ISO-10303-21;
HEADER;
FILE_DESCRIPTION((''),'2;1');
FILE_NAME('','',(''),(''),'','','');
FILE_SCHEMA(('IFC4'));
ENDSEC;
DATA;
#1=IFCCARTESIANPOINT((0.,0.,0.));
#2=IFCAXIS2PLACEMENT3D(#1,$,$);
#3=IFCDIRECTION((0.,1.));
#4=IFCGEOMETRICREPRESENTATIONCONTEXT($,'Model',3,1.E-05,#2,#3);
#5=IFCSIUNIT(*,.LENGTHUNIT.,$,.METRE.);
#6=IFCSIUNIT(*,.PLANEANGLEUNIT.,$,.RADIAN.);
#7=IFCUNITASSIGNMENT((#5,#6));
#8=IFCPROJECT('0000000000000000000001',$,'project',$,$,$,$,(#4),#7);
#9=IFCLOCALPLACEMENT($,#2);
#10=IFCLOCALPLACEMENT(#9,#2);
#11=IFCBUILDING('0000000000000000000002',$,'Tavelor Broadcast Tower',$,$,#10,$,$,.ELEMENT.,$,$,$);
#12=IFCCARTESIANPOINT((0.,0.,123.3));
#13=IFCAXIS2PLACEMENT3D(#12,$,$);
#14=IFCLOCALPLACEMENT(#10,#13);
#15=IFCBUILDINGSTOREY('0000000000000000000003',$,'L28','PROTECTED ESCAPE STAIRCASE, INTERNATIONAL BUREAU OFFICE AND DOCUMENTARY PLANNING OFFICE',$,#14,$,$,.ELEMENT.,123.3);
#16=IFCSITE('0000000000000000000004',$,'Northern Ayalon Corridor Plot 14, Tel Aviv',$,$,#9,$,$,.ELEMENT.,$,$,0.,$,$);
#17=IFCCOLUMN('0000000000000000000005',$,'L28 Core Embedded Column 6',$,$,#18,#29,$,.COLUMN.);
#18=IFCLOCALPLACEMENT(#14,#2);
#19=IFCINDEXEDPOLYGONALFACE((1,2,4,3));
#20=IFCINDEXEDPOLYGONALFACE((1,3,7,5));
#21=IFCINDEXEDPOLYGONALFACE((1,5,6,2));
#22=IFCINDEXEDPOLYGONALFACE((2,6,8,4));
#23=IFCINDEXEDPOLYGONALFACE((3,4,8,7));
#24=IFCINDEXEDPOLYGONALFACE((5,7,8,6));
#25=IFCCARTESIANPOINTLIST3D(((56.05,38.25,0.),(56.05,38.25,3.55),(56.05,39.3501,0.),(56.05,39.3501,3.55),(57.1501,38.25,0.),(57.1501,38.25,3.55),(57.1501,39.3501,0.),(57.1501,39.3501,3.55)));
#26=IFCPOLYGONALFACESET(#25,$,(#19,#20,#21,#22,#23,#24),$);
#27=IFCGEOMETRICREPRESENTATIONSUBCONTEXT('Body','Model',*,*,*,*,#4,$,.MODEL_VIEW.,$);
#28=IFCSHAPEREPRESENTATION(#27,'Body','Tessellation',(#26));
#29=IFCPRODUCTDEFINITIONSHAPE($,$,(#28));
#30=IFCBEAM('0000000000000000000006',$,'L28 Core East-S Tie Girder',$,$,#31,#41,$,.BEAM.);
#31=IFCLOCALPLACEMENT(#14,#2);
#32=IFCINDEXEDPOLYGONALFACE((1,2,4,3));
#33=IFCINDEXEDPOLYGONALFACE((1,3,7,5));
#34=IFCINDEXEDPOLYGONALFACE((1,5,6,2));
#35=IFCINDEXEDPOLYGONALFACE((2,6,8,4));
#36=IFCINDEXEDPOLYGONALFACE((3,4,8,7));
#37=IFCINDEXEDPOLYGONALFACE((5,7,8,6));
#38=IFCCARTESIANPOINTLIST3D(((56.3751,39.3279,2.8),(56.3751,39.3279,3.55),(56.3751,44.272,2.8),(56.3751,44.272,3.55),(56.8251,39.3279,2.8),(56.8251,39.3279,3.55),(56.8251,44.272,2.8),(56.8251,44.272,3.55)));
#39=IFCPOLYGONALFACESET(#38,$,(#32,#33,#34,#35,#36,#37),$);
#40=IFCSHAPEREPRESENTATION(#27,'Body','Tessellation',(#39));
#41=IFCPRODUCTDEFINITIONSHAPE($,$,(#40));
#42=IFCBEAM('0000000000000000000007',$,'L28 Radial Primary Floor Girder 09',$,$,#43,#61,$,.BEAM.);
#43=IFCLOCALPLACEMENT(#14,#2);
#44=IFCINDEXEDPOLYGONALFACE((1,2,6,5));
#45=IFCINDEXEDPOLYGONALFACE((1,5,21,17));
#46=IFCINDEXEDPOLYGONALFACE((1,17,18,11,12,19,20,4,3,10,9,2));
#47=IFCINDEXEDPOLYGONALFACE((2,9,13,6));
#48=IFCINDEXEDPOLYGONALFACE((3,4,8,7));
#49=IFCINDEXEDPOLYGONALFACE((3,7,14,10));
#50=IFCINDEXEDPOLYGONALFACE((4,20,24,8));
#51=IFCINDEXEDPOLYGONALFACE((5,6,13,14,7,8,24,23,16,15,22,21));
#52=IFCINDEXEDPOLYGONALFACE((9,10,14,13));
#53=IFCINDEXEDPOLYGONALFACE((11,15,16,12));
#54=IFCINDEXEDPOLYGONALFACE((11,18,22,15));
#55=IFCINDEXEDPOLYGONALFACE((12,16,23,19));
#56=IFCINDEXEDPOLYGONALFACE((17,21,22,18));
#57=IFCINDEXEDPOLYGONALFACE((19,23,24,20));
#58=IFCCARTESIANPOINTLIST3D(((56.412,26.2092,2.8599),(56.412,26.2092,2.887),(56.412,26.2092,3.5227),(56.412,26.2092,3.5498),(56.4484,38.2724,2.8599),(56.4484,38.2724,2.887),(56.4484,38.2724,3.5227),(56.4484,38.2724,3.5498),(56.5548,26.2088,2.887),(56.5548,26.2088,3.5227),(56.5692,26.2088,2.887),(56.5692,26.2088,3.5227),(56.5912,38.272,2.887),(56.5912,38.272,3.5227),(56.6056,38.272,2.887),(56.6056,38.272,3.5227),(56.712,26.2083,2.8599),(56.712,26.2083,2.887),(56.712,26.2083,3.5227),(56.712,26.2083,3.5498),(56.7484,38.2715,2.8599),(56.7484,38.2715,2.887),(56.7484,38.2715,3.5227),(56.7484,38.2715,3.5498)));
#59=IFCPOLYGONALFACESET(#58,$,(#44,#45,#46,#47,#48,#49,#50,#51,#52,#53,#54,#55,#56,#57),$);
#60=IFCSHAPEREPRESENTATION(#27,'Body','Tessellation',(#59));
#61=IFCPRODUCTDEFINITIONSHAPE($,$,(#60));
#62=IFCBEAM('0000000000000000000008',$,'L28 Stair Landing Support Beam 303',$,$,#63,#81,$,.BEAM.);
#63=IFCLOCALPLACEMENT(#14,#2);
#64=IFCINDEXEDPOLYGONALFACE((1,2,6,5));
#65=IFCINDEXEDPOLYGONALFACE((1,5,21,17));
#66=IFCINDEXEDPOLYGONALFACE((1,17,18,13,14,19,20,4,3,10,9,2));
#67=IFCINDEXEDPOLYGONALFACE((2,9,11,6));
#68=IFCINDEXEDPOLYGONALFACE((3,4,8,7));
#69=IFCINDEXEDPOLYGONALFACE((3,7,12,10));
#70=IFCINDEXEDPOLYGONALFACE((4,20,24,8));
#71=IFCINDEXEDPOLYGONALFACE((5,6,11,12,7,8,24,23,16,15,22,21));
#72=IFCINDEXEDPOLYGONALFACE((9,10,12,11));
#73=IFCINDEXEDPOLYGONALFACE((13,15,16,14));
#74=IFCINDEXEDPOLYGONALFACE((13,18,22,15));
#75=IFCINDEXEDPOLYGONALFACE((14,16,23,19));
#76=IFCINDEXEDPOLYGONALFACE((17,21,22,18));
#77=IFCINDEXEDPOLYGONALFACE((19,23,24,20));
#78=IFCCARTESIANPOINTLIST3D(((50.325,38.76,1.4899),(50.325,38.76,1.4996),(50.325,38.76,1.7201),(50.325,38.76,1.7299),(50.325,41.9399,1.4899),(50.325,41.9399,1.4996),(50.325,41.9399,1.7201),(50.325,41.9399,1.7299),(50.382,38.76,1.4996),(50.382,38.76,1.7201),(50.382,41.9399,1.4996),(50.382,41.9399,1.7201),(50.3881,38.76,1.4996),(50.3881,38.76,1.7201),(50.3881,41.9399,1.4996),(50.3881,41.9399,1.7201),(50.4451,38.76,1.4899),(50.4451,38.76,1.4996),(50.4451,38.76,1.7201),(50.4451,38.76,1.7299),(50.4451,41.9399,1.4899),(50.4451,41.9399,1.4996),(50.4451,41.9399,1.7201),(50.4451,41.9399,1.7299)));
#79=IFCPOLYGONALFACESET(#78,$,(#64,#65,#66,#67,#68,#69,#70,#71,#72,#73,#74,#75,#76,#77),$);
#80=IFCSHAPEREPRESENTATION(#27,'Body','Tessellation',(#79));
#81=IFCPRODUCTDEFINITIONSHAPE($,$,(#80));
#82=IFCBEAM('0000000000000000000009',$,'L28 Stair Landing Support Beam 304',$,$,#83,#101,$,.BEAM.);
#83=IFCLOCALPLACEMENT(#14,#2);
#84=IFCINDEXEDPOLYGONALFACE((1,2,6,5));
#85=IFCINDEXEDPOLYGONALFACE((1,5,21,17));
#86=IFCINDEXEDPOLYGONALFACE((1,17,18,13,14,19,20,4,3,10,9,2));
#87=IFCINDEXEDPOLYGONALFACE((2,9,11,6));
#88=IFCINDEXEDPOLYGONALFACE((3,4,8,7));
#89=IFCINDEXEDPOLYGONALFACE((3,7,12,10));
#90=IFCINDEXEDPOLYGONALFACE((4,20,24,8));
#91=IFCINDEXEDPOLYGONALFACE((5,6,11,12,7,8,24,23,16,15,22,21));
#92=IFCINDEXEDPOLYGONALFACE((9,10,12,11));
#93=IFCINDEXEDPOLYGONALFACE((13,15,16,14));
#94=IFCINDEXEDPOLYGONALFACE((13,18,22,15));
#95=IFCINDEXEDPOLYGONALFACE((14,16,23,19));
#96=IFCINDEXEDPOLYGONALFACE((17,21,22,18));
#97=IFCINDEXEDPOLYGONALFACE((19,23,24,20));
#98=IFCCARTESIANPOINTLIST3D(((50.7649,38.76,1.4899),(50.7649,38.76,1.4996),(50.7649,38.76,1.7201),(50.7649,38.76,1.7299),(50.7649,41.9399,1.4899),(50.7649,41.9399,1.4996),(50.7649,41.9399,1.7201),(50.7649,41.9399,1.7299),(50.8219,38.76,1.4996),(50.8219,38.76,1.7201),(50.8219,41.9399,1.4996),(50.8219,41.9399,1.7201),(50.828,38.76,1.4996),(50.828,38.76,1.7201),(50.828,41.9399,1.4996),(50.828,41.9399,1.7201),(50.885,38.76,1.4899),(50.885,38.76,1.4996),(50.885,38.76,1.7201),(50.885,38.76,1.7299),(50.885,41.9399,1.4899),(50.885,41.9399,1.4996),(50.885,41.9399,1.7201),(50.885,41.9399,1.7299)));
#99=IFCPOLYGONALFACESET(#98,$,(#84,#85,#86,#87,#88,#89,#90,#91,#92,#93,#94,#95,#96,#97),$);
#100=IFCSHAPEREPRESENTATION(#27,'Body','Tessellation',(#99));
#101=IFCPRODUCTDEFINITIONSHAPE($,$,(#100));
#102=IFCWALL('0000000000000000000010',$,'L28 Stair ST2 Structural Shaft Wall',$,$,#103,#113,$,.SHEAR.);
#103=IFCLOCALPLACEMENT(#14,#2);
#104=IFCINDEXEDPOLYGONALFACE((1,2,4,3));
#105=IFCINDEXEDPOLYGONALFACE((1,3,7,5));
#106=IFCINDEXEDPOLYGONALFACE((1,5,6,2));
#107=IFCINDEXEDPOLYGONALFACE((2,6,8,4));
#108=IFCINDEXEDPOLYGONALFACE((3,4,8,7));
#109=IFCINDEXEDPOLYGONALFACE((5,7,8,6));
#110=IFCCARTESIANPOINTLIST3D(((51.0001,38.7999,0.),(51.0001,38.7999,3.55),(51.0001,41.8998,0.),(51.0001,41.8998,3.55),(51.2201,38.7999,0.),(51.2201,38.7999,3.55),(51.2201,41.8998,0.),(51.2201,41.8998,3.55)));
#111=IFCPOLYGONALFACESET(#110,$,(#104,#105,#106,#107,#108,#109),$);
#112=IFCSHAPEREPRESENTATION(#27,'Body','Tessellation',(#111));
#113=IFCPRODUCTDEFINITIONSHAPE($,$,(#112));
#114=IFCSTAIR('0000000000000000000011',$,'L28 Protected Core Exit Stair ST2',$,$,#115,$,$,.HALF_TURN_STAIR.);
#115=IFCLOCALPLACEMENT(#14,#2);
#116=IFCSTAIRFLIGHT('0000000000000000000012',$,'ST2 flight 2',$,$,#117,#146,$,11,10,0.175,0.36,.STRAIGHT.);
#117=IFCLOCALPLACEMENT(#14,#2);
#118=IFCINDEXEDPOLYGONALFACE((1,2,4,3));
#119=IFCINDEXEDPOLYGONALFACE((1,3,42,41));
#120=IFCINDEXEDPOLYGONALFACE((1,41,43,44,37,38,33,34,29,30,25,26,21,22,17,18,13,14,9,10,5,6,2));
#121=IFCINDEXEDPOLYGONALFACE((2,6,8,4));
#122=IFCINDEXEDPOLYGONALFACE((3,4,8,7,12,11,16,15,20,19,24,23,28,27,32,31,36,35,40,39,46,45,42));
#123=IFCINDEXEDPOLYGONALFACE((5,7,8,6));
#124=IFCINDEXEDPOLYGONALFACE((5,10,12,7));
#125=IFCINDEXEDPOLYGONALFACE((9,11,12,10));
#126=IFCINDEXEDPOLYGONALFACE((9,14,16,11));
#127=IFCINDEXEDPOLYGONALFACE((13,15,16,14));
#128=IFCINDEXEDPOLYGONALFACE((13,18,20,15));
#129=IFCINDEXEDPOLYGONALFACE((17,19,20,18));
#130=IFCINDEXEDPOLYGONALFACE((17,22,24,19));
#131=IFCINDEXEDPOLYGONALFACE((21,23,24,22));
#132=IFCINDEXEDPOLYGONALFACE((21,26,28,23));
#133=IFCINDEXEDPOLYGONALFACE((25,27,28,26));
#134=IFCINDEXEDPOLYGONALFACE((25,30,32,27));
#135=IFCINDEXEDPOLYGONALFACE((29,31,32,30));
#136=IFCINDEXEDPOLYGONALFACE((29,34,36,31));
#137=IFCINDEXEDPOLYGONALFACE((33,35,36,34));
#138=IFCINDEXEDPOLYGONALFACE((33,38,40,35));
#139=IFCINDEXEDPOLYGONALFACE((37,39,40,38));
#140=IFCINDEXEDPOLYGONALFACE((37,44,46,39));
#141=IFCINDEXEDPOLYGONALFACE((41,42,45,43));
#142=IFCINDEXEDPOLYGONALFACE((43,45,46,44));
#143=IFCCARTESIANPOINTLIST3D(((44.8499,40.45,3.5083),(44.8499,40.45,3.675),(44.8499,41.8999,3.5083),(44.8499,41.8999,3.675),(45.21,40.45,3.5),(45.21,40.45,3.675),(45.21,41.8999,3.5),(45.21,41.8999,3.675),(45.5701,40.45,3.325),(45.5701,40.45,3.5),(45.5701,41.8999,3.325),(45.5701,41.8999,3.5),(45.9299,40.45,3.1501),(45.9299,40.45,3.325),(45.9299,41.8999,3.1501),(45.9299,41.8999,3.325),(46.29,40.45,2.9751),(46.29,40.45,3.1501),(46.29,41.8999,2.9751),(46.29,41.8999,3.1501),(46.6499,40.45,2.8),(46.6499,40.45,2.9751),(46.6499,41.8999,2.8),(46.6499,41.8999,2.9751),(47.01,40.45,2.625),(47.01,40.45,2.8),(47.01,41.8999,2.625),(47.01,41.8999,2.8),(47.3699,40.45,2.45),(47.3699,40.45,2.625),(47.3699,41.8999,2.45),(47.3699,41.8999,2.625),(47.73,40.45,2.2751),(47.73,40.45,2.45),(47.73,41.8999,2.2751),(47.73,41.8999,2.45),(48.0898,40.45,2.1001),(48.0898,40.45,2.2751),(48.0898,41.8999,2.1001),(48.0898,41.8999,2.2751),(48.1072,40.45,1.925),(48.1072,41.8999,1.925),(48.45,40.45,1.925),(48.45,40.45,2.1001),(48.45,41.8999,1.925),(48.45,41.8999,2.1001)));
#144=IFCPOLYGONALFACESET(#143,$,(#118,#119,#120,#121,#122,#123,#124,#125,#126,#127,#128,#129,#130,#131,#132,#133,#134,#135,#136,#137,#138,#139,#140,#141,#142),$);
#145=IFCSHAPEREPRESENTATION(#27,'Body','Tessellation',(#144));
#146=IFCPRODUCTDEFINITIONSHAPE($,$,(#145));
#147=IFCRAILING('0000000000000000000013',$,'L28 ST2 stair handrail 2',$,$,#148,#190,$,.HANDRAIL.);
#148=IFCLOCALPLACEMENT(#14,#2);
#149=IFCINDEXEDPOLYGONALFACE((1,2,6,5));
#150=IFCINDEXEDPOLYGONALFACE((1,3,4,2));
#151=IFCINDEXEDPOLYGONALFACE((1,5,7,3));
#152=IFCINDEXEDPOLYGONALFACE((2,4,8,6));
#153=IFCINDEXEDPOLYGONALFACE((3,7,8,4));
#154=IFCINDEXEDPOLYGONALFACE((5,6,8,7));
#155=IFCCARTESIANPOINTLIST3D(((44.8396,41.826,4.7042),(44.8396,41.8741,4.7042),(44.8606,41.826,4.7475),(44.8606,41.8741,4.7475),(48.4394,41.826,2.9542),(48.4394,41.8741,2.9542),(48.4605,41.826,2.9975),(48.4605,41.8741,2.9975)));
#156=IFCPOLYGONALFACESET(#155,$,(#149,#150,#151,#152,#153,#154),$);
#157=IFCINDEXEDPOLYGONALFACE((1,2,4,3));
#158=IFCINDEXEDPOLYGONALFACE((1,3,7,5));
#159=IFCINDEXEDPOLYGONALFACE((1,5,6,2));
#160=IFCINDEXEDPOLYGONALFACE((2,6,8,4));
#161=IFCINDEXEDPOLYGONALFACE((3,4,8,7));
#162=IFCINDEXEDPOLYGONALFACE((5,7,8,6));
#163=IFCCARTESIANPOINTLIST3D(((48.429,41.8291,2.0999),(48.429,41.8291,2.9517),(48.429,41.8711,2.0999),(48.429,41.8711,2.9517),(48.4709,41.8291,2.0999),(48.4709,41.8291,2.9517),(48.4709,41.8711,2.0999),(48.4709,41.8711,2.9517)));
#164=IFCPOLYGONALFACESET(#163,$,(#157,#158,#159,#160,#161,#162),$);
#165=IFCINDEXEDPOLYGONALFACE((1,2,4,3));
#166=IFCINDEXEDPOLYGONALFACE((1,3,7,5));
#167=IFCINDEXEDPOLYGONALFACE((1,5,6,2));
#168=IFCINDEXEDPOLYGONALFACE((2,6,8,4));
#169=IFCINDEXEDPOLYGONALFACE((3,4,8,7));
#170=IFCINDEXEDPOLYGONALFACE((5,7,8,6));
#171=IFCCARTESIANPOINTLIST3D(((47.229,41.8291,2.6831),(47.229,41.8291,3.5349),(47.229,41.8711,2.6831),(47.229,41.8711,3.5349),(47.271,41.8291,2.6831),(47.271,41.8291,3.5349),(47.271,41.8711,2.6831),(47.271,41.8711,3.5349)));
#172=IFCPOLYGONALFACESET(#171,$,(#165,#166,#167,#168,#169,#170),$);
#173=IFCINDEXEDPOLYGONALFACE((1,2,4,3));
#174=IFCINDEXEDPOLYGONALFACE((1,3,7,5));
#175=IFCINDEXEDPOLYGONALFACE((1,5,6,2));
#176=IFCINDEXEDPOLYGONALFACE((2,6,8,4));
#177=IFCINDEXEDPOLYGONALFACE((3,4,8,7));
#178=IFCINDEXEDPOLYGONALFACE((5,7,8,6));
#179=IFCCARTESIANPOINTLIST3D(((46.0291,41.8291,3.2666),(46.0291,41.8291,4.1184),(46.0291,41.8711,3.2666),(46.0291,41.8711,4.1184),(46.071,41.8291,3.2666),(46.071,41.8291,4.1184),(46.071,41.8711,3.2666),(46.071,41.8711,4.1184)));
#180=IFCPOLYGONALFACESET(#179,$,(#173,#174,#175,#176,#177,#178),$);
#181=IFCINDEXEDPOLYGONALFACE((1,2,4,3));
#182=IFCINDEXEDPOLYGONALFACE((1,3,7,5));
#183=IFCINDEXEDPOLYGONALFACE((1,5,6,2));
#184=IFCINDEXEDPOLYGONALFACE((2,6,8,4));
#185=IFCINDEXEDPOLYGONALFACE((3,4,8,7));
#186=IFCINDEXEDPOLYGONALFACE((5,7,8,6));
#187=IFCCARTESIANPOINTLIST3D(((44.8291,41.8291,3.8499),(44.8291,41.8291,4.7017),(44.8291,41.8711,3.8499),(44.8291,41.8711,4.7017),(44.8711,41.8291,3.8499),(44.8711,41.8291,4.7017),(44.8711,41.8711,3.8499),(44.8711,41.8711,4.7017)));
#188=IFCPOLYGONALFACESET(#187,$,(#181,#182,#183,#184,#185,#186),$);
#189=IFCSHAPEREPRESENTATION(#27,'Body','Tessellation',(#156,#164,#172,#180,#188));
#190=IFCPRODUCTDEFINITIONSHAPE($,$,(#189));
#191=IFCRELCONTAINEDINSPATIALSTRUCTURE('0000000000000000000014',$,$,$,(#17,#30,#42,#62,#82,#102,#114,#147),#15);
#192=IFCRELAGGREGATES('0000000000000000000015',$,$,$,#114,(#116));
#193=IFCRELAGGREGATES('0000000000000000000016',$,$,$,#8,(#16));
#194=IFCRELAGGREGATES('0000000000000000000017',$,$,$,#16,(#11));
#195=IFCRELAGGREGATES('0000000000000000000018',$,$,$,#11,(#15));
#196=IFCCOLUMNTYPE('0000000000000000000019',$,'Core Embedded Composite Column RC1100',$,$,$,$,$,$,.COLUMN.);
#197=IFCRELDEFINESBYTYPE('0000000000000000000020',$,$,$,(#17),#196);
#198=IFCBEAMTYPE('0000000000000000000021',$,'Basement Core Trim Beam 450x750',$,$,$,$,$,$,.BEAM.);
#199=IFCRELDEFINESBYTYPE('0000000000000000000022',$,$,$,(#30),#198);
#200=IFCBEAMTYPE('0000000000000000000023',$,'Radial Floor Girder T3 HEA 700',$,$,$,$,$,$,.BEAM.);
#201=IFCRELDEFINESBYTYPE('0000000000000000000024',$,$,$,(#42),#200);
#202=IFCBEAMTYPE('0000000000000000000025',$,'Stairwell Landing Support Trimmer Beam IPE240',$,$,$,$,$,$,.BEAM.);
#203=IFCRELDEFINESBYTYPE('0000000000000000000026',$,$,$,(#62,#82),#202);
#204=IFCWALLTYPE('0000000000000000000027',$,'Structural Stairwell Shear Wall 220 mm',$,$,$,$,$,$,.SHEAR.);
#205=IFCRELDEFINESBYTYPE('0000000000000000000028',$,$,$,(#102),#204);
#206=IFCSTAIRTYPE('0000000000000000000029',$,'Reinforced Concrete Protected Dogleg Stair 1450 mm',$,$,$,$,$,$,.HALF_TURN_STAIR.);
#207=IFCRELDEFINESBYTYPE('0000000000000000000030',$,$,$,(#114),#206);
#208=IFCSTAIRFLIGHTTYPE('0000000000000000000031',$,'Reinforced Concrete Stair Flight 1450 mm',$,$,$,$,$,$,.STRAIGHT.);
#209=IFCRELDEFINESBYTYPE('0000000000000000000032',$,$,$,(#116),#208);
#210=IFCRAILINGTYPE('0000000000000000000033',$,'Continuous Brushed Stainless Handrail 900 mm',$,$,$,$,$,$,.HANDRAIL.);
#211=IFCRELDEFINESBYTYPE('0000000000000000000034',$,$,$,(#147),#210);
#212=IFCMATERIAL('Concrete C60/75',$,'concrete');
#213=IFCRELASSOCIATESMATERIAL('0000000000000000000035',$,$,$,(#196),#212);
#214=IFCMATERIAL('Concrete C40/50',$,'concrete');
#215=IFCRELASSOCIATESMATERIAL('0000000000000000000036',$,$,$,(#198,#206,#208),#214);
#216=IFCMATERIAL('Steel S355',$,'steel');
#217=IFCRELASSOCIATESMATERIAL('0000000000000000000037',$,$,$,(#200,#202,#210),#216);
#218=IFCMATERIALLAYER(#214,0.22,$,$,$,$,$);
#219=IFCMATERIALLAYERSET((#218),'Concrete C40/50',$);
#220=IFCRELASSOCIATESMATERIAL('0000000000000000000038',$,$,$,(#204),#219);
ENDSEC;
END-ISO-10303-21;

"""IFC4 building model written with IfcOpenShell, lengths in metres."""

from ifc_helpers import new_model, si_unit, direction, frame, frame_2d, origin, origin_2d, place, context, subcontext, project, spatial, polyline, rectangle, i_section, outline, extrude, material, layer, layer_set, material_profile, profile_set, type_object, element, aggregate, save


model = new_model("IFC4")

# Units and contexts
model_context = context("Model", 3, precision=1e-05, world=origin(), true_north=direction((0.0, 1.0)))
body_context = subcontext(model_context, "Body", "Model", "MODEL_VIEW")
ifc_project = project(units=[si_unit("LENGTHUNIT", "METRE"), si_unit("PLANEANGLEUNIT", "RADIAN")], contexts=[model_context])

# Site, building, storey
site_placement = place(None, origin())
site = spatial("IfcSite", under=ifc_project, at=site_placement, Name="Northern Ayalon Corridor Plot 14, Tel Aviv", CompositionType="ELEMENT", RefElevation=0.0)
building_placement = place(site_placement, origin())
building = spatial("IfcBuilding", under=site, at=building_placement, Name="Tavelor Broadcast Tower", CompositionType="ELEMENT")
storey_placement = place(building_placement, frame((0.0, 0.0, 123.3)))
storey = spatial("IfcBuildingStorey", under=building, at=storey_placement, Name="L28", Description="PROTECTED ESCAPE STAIRCASE, INTERNATIONAL BUREAU OFFICE AND DOCUMENTARY PLANNING OFFICE", CompositionType="ELEMENT", Elevation=123.3)

# Column
ifc_material_1 = material(Name="Concrete C60/75", Category="concrete")
ifc_material_profile_1 = material_profile(ifc_material_1, rectangle(XDim=1.1001, YDim=1.1001, at=origin_2d()), Name="RC 1100x1100")
ifc_profile_set_1 = profile_set([ifc_material_profile_1], Name="Concrete C60/75")
column_type = type_object("IfcColumnType", Name="Core Embedded Composite Column RC1100", PredefinedType="COLUMN", material=ifc_profile_set_1)
column_placement = place(storey_placement, frame((56.6001, 38.8, 0.0), z_axis=(0.0, 0.0, 1.0), x_axis=(1.0, 0.0, 0.0)))
element("IfcColumn", 1, at=column_placement, inside=storey, type_object=column_type, Name="L28 Core Embedded Column 6", PredefinedType="COLUMN", context=body_context, shape_type="SweptSolid", body=[
    extrude(rectangle(XDim=1.1001, YDim=1.1001, at=origin_2d()), origin(), (0.0, 0.0, 1.0), 3.55),
])

# Beams
ifc_material_2 = material(Name="Concrete C40/50", Category="concrete")
ifc_material_profile_2 = material_profile(ifc_material_2, rectangle(XDim=0.45, YDim=0.75, at=origin_2d()), Name="RC 450x750")
ifc_profile_set_2 = profile_set([ifc_material_profile_2], Name="Concrete C40/50")
beam_type_1 = type_object("IfcBeamType", Name="Basement Core Trim Beam 450x750", PredefinedType="BEAM", material=ifc_profile_set_2)
beam_1_placement = place(storey_placement, frame((56.6001, 39.3279, 3.175), z_axis=(0.0, 1.0, 0.0), x_axis=(-1.0, 0.0, 0.0)))
element("IfcBeam", 2, at=beam_1_placement, inside=storey, type_object=beam_type_1, Name="L28 Core East-S Tie Girder", PredefinedType="BEAM", context=body_context, shape_type="SweptSolid", body=[
    extrude(rectangle(XDim=0.45, YDim=0.75, at=origin_2d()), origin(), (0.0, 0.0, 1.0), 4.9441),
])
ifc_material_3 = material(Name="Steel S355", Category="steel")
ifc_material_profile_3 = material_profile(ifc_material_3, i_section(OverallWidth=0.3, OverallDepth=0.6899, WebThickness=0.0144, FlangeThickness=0.0271, at=origin_2d()), Name="HEA 700")
ifc_profile_set_3 = profile_set([ifc_material_profile_3], Name="Steel S355")
beam_type_2 = type_object("IfcBeamType", Name="Radial Floor Girder T3 HEA 700", PredefinedType="BEAM", material=ifc_profile_set_3)
beam_2_placement = place(storey_placement, frame((56.5984, 38.272, 3.2048), z_axis=(-0.003016, -0.999995, 0.0), x_axis=(0.999995, -0.003016, 0.0)))
element("IfcBeam", 3, at=beam_2_placement, inside=storey, type_object=beam_type_2, Name="L28 Radial Primary Floor Girder 09", PredefinedType="BEAM", context=body_context, shape_type="SweptSolid", body=[
    extrude(i_section(OverallWidth=0.3, OverallDepth=0.6899, WebThickness=0.0144, FlangeThickness=0.0271, at=origin_2d()), origin(), (0.0, 0.0, 1.0), 12.0632),
])
ifc_material_profile_4 = material_profile(ifc_material_3, i_section(OverallWidth=0.1201, OverallDepth=0.24, WebThickness=0.0061, FlangeThickness=0.0098, at=origin_2d()), Name="IPE 240")
ifc_profile_set_4 = profile_set([ifc_material_profile_4], Name="Steel S355")
beam_type_3 = type_object("IfcBeamType", Name="Stairwell Landing Support Trimmer Beam IPE240", PredefinedType="BEAM", material=ifc_profile_set_4)
for number, where, z_axis, x_axis, name in (
    (4, (50.385, 38.76, 1.6099), (0.0, 1.0, 0.0), (-1.0, 0.0, 0.0), "L28 Stair Landing Support Beam 303"),
    (5, (50.825, 38.76, 1.6099), (0.0, 1.0, 0.0), (-1.0, 0.0, 0.0), "L28 Stair Landing Support Beam 304"),
):
    element("IfcBeam", number, at=place(storey_placement, frame(where, z_axis=z_axis, x_axis=x_axis)), inside=storey, type_object=beam_type_3, Name=name, PredefinedType="BEAM", context=body_context, shape_type="SweptSolid", body=[
        extrude(i_section(OverallWidth=0.1201, OverallDepth=0.24, WebThickness=0.0061, FlangeThickness=0.0098, at=origin_2d()), origin(), (0.0, 0.0, 1.0), 3.1799),
    ])

# Wall
ifc_layer_1 = layer(ifc_material_2, 0.22)
ifc_layer_set_1 = layer_set([ifc_layer_1], Name="Concrete C40/50")
wall_type_1 = type_object("IfcWallType", Name="Structural Stairwell Shear Wall 220 mm", PredefinedType="SHEAR", material=ifc_layer_set_1)
wall_1_placement = place(storey_placement, frame((51.1101, 38.8, 0.0), z_axis=(0.0, 0.0, 1.0), x_axis=(0.0, 1.0, 0.0)))
element("IfcWall", 6, at=wall_1_placement, inside=storey, type_object=wall_type_1, Name="L28 Stair ST2 Structural Shaft Wall", PredefinedType="SHEAR", context=body_context, shape_type="SweptSolid", body=[
    extrude(rectangle(XDim=3.0999, YDim=0.22, at=frame_2d((1.5498, 0.0))), origin(), (0.0, 0.0, 1.0), 3.55),
])

# Stair, stair flight
stair_type = type_object("IfcStairType", Name="Reinforced Concrete Protected Dogleg Stair 1450 mm", PredefinedType="HALF_TURN_STAIR", material=ifc_material_2)
stair_placement = place(storey_placement, origin())
stair = element("IfcStair", 7, at=stair_placement, inside=storey, type_object=stair_type, Name="L28 Protected Core Exit Stair ST2", PredefinedType="HALF_TURN_STAIR")
stair_flight_type = type_object("IfcStairFlightType", Name="Reinforced Concrete Stair Flight 1450 mm", PredefinedType="STRAIGHT", material=ifc_material_2)
stair_flight_placement = place(storey_placement, frame((48.45, 41.175, 1.925), z_axis=(0.0, 0.0, 1.0), x_axis=(-1.0, 0.0, 0.0)))
stair_flight = element("IfcStairFlight", 8, at=stair_flight_placement, type_object=stair_flight_type, Name="ST2 flight 2", NumberOfRisers=11, NumberOfTreads=10, PredefinedType="STRAIGHT", RiserHeight=0.175, TreadLength=0.36, context=body_context, shape_type="SweptSolid", body=[
    extrude(outline(polyline([(0.0, 0.0), (0.0, 0.175), (0.3601, 0.175), (0.3601, 0.3501), (0.72, 0.3501), (0.72, 0.5249), (1.0801, 0.5249), (1.0801, 0.7), (1.4399, 0.7), (1.4399, 0.875), (1.8, 0.875), (1.8, 1.05), (2.1599, 1.05), (2.1599, 1.2251), (2.52, 1.2251), (2.52, 1.3999), (2.8799, 1.3999), (2.8799, 1.575), (3.24, 1.575), (3.24, 1.75), (3.6001, 1.75), (3.6001, 1.925), (3.6001, 1.5833), (0.3428, 0.0), (0.0, 0.0)])), frame((0.0, 0.7251, 0.0), z_axis=(0.0, -1.0, 0.0), x_axis=(1.0, 0.0, 0.0)), (0.0, 0.0, 1.0), 1.45),
])
aggregate(stair, [stair_flight])

# Railing
railing_type_1 = type_object("IfcRailingType", Name="Continuous Brushed Stainless Handrail 900 mm", PredefinedType="HANDRAIL", material=ifc_material_3)
railing_1_placement = place(storey_placement, frame((48.45, 41.8501, 2.0999)))
element("IfcRailing", 9, at=railing_1_placement, inside=storey, type_object=railing_type_1, Name="L28 ST2 stair handrail 2", PredefinedType="HANDRAIL", context=body_context, shape_type="SweptSolid", body=[
    extrude(rectangle(XDim=0.0481, YDim=0.0481, at=origin_2d()), frame((0.0, 0.0, 0.876), z_axis=(-0.899361, 0.0, 0.437207), x_axis=(0.0, -1.0, 0.0)), (0.0, 0.0, 1.0), 4.0027),
    extrude(rectangle(XDim=0.042, YDim=0.042, at=origin_2d()), origin(), (0.0, 0.0, 1.0), 0.8518),
    extrude(rectangle(XDim=0.042, YDim=0.042, at=origin_2d()), frame((-1.2, 0.0, 0.5833)), (0.0, 0.0, 1.0), 0.8518),
    extrude(rectangle(XDim=0.042, YDim=0.042, at=origin_2d()), frame((-2.3999, 0.0, 1.1667)), (0.0, 0.0, 1.0), 0.8518),
    extrude(rectangle(XDim=0.042, YDim=0.042, at=origin_2d()), frame((-3.5999, 0.0, 1.75)), (0.0, 0.0, 1.0), 0.8518),
])

save(model, "model.ifc")
